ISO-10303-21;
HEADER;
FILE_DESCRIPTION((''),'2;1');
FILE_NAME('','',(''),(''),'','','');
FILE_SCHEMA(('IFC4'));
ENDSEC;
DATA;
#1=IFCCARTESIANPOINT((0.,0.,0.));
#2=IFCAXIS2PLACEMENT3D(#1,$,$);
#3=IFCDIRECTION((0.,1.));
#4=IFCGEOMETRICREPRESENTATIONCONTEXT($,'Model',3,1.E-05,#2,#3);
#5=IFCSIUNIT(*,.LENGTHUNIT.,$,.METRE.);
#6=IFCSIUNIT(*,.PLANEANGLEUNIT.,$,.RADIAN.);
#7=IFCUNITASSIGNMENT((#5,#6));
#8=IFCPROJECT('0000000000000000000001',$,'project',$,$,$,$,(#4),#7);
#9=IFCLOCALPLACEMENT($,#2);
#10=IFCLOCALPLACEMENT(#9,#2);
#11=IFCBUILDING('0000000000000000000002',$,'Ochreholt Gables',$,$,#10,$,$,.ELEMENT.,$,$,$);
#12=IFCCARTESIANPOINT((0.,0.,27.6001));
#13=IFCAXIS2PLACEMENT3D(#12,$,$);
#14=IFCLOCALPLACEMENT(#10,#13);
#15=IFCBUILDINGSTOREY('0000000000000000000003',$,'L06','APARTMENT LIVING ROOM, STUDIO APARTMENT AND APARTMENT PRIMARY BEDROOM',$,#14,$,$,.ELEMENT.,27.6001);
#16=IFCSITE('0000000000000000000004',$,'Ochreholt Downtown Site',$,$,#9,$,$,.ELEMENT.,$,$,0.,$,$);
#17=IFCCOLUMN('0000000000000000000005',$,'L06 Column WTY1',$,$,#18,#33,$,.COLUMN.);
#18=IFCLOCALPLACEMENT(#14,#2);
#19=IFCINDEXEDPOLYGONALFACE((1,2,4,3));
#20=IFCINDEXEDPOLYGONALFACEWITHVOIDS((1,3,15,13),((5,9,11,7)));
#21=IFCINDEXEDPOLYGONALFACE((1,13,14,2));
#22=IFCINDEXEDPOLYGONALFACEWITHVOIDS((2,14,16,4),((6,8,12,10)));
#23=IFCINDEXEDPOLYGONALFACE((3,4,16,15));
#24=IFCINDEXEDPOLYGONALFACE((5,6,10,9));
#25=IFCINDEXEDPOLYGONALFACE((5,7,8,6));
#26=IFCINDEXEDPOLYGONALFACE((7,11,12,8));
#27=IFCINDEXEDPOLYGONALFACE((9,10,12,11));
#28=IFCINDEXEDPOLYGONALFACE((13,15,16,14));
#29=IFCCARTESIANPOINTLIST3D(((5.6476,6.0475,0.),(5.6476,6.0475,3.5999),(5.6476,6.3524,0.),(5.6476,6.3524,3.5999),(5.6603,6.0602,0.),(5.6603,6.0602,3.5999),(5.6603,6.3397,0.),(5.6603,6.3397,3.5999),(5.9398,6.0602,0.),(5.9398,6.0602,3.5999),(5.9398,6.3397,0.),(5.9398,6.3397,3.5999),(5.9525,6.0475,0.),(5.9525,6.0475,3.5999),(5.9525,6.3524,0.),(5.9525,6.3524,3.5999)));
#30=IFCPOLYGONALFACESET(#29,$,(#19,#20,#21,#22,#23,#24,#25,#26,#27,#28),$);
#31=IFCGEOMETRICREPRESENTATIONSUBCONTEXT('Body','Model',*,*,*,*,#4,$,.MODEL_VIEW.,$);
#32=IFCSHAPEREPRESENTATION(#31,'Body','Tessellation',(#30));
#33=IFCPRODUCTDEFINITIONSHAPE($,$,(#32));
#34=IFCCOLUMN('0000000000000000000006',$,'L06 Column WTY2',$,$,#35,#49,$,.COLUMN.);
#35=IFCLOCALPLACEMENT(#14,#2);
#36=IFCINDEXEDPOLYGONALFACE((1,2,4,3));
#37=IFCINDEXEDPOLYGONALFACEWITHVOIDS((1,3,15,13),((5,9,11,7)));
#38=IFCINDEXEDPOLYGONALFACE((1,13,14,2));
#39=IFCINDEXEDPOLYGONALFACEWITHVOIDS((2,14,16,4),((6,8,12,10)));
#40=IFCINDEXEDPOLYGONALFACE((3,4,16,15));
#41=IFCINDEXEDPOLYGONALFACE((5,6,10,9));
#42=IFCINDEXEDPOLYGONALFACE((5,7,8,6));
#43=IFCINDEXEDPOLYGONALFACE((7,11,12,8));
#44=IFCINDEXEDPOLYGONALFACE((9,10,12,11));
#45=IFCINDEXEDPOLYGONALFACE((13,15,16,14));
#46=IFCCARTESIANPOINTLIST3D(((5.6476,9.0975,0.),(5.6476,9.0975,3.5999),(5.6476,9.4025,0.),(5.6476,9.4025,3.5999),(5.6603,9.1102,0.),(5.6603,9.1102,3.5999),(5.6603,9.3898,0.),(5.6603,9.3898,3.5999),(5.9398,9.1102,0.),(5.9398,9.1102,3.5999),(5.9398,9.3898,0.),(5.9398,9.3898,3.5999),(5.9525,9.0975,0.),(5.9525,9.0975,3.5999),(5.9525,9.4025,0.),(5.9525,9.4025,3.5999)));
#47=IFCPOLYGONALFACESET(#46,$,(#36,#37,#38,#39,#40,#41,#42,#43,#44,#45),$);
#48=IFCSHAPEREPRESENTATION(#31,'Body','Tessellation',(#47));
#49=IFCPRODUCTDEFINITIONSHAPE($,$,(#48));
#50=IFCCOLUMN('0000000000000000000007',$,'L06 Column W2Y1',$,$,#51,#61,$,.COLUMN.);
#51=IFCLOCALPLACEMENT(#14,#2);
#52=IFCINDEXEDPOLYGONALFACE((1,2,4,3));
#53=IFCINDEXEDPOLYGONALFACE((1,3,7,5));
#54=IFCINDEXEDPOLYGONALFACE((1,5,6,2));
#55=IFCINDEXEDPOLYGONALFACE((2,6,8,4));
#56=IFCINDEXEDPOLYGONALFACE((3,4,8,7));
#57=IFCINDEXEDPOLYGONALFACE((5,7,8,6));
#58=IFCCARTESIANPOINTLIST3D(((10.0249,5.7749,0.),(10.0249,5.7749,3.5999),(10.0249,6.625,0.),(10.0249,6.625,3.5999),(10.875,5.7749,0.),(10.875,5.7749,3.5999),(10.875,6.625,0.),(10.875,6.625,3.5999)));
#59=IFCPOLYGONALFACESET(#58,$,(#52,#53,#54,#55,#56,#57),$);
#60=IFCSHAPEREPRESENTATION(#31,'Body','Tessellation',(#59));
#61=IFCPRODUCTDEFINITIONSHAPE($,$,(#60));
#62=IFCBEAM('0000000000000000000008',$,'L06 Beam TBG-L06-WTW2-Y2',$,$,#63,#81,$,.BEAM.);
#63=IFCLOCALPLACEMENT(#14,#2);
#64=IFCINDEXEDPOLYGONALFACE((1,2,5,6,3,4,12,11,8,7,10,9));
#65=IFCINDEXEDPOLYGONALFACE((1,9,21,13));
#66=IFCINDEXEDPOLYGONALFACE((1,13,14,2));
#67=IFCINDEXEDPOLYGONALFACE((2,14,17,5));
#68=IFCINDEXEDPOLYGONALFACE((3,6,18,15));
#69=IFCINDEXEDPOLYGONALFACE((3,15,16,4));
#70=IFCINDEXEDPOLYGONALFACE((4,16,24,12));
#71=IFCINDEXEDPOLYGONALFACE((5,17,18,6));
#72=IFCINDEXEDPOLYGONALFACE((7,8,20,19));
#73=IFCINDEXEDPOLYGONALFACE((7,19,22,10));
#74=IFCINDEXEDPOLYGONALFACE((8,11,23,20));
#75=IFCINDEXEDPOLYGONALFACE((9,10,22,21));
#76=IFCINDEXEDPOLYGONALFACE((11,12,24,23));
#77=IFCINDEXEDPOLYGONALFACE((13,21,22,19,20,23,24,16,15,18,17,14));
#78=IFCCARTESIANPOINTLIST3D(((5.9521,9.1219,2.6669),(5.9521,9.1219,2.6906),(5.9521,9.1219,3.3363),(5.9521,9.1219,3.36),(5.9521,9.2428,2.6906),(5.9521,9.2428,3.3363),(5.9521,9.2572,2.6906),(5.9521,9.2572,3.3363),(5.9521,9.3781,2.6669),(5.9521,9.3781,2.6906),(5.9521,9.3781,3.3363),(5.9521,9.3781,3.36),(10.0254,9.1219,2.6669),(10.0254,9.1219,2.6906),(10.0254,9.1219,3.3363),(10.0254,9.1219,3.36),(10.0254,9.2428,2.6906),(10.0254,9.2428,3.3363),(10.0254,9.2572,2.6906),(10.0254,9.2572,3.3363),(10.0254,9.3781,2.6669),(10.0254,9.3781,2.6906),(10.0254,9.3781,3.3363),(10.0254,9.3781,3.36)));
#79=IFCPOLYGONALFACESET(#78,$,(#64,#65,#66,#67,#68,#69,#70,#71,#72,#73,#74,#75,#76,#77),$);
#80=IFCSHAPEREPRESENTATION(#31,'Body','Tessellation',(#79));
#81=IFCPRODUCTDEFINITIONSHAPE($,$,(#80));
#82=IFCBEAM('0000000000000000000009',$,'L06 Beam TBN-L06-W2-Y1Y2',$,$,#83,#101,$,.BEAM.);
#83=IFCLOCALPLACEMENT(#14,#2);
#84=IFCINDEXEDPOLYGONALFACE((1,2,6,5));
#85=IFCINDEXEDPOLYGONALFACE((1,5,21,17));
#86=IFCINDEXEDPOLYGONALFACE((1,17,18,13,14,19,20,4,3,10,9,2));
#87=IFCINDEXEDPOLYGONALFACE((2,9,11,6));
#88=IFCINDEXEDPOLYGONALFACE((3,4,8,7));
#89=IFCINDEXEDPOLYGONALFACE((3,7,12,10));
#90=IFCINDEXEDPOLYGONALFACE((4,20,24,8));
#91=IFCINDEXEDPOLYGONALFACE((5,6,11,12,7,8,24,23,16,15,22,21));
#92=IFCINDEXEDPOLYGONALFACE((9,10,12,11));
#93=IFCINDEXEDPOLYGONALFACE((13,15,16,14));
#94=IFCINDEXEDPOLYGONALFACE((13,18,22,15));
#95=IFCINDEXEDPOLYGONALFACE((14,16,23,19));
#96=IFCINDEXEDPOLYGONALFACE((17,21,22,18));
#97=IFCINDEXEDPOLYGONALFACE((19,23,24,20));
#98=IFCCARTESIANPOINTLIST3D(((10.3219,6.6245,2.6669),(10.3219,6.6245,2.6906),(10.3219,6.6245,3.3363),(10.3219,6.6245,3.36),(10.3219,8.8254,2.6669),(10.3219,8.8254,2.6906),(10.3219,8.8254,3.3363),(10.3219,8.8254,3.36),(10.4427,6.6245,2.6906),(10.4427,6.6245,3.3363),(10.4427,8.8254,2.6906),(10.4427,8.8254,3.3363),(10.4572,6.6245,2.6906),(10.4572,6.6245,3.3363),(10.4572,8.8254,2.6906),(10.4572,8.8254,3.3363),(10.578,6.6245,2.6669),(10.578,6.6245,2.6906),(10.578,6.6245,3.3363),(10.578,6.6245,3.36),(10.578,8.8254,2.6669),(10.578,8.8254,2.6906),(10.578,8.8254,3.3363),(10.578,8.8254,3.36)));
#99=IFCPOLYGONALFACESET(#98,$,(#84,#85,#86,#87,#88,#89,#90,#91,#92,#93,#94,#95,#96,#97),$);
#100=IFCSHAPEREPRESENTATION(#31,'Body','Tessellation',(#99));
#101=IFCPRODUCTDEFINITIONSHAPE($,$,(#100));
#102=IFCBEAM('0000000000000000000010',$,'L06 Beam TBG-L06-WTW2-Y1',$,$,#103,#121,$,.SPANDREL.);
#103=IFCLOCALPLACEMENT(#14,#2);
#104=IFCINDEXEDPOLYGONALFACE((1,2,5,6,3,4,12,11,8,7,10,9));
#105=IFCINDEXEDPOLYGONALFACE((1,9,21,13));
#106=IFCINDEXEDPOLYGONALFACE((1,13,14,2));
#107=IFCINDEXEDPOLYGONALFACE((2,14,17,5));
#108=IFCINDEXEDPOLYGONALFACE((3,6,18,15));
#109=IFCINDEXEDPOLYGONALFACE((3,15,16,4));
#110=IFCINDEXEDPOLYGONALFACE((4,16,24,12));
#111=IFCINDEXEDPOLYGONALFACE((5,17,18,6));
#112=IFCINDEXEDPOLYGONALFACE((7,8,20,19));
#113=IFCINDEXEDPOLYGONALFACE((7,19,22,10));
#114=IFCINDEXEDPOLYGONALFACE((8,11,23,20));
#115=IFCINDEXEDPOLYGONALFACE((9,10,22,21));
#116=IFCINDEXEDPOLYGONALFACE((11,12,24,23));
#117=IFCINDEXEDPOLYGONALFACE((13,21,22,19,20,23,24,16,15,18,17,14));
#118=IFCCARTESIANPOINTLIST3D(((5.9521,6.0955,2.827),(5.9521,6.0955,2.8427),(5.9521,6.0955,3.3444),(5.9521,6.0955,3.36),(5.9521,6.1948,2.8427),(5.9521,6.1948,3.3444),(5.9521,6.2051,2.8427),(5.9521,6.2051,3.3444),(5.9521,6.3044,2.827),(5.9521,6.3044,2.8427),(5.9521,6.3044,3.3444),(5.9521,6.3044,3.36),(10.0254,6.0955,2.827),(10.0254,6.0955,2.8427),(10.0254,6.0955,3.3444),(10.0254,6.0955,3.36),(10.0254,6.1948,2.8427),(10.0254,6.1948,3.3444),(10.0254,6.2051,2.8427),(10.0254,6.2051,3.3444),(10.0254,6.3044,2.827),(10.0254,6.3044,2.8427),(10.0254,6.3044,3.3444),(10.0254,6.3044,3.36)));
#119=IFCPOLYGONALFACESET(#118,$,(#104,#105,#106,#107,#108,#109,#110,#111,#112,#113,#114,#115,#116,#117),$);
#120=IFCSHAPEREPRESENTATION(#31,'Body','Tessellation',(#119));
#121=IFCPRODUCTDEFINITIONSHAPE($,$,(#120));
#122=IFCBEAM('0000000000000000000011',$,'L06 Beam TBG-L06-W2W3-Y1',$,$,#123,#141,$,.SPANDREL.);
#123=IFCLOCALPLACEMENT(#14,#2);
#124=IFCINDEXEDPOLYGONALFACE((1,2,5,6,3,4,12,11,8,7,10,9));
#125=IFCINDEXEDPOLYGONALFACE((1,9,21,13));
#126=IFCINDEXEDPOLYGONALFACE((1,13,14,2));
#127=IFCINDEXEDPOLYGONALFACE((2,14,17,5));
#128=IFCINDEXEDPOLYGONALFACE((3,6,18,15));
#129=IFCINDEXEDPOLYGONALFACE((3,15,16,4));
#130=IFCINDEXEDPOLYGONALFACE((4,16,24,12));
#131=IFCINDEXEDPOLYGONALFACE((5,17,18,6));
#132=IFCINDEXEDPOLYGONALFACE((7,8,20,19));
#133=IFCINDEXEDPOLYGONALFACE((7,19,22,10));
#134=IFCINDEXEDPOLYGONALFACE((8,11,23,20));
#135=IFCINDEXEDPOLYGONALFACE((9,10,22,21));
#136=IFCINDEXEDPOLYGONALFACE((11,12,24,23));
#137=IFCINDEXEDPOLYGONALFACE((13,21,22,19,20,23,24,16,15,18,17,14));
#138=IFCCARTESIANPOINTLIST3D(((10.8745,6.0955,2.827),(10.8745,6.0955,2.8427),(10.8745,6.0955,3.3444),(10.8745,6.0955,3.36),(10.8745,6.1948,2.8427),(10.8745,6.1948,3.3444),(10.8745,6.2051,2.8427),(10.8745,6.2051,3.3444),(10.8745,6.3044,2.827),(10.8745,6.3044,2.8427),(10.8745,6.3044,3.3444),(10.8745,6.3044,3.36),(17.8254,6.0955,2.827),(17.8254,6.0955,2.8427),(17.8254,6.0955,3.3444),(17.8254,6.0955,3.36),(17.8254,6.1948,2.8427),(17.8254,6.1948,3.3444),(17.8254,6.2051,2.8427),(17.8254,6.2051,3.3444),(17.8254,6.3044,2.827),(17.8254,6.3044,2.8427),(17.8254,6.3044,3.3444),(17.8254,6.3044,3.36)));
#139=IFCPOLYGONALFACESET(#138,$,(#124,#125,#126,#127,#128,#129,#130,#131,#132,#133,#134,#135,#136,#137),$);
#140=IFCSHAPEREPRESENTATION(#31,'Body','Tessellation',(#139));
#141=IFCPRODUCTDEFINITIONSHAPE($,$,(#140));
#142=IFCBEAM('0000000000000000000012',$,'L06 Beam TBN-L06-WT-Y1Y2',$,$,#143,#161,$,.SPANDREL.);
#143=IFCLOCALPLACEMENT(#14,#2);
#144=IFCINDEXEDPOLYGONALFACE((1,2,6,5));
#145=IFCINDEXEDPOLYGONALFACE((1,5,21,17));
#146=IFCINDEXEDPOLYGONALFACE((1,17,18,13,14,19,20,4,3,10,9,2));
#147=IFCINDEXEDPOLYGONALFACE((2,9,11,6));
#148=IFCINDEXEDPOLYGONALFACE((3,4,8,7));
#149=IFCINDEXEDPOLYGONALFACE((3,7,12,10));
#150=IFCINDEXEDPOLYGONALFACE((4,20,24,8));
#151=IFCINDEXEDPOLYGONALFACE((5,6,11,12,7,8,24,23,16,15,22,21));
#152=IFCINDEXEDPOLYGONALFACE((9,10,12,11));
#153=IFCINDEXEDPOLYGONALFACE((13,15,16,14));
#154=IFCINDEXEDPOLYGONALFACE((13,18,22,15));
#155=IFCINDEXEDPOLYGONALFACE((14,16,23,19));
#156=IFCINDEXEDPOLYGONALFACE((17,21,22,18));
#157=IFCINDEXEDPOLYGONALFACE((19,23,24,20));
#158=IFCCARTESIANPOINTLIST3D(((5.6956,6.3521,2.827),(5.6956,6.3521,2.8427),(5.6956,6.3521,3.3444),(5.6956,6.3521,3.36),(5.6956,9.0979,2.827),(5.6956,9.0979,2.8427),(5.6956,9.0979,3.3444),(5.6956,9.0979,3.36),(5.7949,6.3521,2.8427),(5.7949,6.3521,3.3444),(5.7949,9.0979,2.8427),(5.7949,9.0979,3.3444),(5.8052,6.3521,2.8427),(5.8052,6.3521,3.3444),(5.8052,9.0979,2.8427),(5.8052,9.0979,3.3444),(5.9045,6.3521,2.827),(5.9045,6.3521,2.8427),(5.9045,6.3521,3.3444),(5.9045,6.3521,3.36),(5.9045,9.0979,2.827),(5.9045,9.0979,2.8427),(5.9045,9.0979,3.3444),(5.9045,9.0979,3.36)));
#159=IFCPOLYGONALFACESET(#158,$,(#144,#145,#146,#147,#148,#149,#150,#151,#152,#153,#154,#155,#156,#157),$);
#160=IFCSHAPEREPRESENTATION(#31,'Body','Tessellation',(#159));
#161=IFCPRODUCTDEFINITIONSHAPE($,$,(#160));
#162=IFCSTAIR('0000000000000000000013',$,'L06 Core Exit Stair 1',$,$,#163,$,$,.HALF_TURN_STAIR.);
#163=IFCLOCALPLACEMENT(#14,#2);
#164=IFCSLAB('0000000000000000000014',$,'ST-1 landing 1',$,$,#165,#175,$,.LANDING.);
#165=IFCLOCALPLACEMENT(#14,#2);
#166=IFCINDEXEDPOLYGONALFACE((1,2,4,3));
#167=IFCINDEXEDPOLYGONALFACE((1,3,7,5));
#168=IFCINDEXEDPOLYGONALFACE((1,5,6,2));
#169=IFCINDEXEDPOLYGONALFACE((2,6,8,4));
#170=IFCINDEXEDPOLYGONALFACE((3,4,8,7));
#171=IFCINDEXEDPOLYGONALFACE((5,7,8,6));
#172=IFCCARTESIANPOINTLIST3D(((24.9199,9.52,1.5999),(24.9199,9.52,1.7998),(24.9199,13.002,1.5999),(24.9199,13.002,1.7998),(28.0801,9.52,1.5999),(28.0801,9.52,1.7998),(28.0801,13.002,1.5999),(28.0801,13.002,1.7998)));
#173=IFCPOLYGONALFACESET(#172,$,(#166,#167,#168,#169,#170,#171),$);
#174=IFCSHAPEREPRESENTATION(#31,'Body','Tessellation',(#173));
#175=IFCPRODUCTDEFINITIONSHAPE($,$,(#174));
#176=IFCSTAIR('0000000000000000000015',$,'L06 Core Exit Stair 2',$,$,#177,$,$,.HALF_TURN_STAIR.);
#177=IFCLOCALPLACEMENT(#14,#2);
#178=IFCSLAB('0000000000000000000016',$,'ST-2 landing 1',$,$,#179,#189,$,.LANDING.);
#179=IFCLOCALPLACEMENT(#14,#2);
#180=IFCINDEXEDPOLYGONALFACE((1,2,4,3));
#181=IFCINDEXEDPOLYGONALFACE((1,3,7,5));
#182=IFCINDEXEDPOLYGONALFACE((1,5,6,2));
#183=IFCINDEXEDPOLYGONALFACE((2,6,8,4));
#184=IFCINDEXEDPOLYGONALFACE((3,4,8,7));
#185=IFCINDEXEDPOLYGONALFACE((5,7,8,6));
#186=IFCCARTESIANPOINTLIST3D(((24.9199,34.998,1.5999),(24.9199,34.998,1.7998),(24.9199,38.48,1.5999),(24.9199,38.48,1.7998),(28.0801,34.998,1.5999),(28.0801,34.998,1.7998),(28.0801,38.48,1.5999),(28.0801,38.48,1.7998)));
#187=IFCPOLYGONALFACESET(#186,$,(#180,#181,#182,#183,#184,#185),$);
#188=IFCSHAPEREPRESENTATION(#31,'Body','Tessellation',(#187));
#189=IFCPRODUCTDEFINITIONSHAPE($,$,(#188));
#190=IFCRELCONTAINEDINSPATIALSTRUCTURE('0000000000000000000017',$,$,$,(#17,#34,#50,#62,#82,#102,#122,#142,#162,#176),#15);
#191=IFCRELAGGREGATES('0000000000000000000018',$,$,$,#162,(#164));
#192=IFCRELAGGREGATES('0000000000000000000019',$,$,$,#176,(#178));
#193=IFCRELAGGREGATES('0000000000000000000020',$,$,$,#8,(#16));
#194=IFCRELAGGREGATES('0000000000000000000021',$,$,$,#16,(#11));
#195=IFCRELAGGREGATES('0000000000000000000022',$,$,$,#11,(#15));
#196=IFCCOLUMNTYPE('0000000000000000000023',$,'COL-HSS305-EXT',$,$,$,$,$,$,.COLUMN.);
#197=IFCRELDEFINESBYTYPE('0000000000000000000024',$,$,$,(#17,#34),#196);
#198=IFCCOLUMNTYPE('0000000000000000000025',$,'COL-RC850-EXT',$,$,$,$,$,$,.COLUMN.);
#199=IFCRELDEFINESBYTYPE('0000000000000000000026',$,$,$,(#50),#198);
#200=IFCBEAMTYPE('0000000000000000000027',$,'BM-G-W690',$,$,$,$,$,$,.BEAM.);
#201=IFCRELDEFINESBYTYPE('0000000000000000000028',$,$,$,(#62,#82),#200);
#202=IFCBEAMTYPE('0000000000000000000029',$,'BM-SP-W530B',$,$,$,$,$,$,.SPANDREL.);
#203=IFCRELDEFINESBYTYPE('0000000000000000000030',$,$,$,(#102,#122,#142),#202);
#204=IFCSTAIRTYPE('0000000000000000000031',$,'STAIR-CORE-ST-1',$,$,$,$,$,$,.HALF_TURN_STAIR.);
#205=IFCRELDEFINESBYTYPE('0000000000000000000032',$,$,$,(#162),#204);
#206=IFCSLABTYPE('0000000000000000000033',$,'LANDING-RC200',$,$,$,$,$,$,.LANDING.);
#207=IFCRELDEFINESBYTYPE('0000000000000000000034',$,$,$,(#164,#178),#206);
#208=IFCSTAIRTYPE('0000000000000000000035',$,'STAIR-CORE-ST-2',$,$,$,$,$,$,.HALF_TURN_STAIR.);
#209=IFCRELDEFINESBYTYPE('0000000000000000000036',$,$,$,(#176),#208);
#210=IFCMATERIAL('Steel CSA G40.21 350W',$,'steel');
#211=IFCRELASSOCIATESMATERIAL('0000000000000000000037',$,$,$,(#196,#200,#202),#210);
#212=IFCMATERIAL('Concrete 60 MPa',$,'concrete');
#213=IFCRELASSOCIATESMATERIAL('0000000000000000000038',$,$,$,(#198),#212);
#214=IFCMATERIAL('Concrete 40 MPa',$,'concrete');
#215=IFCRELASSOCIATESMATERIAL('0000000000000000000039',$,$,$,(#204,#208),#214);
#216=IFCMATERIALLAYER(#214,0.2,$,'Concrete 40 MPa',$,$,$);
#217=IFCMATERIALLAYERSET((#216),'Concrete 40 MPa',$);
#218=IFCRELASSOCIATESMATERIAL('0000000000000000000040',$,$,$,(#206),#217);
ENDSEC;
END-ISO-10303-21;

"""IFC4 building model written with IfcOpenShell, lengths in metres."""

from ifc_helpers import new_model, si_unit, direction, frame, origin, origin_2d, place, context, subcontext, project, spatial, polyline, rectangle, hollow_rectangle, i_section, outline, extrude, material, layer, layer_set, material_profile, profile_set, type_object, element, aggregate, save


model = new_model("IFC4")

# Units and contexts
model_context = context("Model", 3, precision=1e-05, world=origin(), true_north=direction((0.0, 1.0)))
body_context = subcontext(model_context, "Body", "Model", "MODEL_VIEW")
ifc_project = project(units=[si_unit("LENGTHUNIT", "METRE"), si_unit("PLANEANGLEUNIT", "RADIAN")], contexts=[model_context])

# Site, building, storey
site_placement = place(None, origin())
site = spatial("IfcSite", under=ifc_project, at=site_placement, Name="Ochreholt Downtown Site", CompositionType="ELEMENT", RefElevation=0.0)
building_placement = place(site_placement, origin())
building = spatial("IfcBuilding", under=site, at=building_placement, Name="Ochreholt Gables", CompositionType="ELEMENT")
storey_placement = place(building_placement, frame((0.0, 0.0, 27.6001)))
storey = spatial("IfcBuildingStorey", under=building, at=storey_placement, Name="L06", Description="APARTMENT LIVING ROOM, STUDIO APARTMENT AND APARTMENT PRIMARY BEDROOM", CompositionType="ELEMENT", Elevation=27.6001)

# Columns
ifc_material_1 = material(Name="Steel CSA G40.21 350W", Category="steel")
ifc_material_profile_1 = material_profile(ifc_material_1, hollow_rectangle(XDim=0.3049, YDim=0.3049, WallThickness=0.0127, at=origin_2d()), Name="HSS305X305X13")
ifc_profile_set_1 = profile_set([ifc_material_profile_1], Name="Steel CSA G40.21 350W")
column_type_1 = type_object("IfcColumnType", Name="COL-HSS305-EXT", PredefinedType="COLUMN", material=ifc_profile_set_1)
for number, where, z_axis, x_axis, name in (
    (1, (5.8, 6.2, 0.0), (0.0, 0.0, 1.0), (1.0, 0.0, 0.0), "L06 Column WTY1"),
    (2, (5.8, 9.25, 0.0), (0.0, 0.0, 1.0), (1.0, 0.0, 0.0), "L06 Column WTY2"),
):
    element("IfcColumn", number, at=place(storey_placement, frame(where, z_axis=z_axis, x_axis=x_axis)), inside=storey, type_object=column_type_1, Name=name, PredefinedType="COLUMN", context=body_context, shape_type="SweptSolid", body=[
        extrude(hollow_rectangle(XDim=0.3049, YDim=0.3049, WallThickness=0.0127, at=origin_2d()), origin(), (0.0, 0.0, 1.0), 3.5999),
    ])
ifc_material_2 = material(Name="Concrete 60 MPa", Category="concrete")
ifc_material_profile_2 = material_profile(ifc_material_2, rectangle(XDim=0.8501, YDim=0.8501, at=origin_2d()), Name="RC850X850")
ifc_profile_set_2 = profile_set([ifc_material_profile_2], Name="Concrete 60 MPa")
column_type_2 = type_object("IfcColumnType", Name="COL-RC850-EXT", PredefinedType="COLUMN", material=ifc_profile_set_2)
column_placement = place(storey_placement, frame((10.45, 6.2, 0.0), z_axis=(0.0, 0.0, 1.0), x_axis=(1.0, 0.0, 0.0)))
element("IfcColumn", 3, at=column_placement, inside=storey, type_object=column_type_2, Name="L06 Column W2Y1", PredefinedType="COLUMN", context=body_context, shape_type="SweptSolid", body=[
    extrude(rectangle(XDim=0.8501, YDim=0.8501, at=origin_2d()), origin(), (0.0, 0.0, 1.0), 3.5999),
])

# Beams
ifc_material_profile_3 = material_profile(ifc_material_1, i_section(OverallWidth=0.2561, OverallDepth=0.6931, WebThickness=0.0144, FlangeThickness=0.0237, at=origin_2d()), Name="W690X170")
ifc_profile_set_3 = profile_set([ifc_material_profile_3], Name="Steel CSA G40.21 350W")
beam_type_1 = type_object("IfcBeamType", Name="BM-G-W690", PredefinedType="BEAM", material=ifc_profile_set_3)
beam_1_placement = place(storey_placement, frame((5.9521, 9.25, 3.0134), z_axis=(1.0, 0.0, 0.0), x_axis=(0.0, 1.0, 0.0)))
element("IfcBeam", 4, at=beam_1_placement, inside=storey, type_object=beam_type_1, Name="L06 Beam TBG-L06-WTW2-Y2", PredefinedType="BEAM", context=body_context, shape_type="SweptSolid", body=[
    extrude(i_section(OverallWidth=0.2561, OverallDepth=0.6931, WebThickness=0.0144, FlangeThickness=0.0237, at=origin_2d()), origin(), (0.0, 0.0, 1.0), 4.0732),
])
beam_2_placement = place(storey_placement, frame((10.45, 6.6245, 3.0134), z_axis=(0.0, 1.0, 0.0), x_axis=(-1.0, 0.0, 0.0)))
element("IfcBeam", 5, at=beam_2_placement, inside=storey, type_object=beam_type_1, Name="L06 Beam TBN-L06-W2-Y1Y2", PredefinedType="BEAM", context=body_context, shape_type="SweptSolid", body=[
    extrude(i_section(OverallWidth=0.2561, OverallDepth=0.6931, WebThickness=0.0144, FlangeThickness=0.0237, at=origin_2d()), origin(), (0.0, 0.0, 1.0), 2.2009),
])
ifc_material_profile_4 = material_profile(ifc_material_1, i_section(OverallWidth=0.209, OverallDepth=0.533, WebThickness=0.0103, FlangeThickness=0.0156, at=origin_2d()), Name="W530X92")
ifc_profile_set_4 = profile_set([ifc_material_profile_4], Name="Steel CSA G40.21 350W")
beam_type_2 = type_object("IfcBeamType", Name="BM-SP-W530B", PredefinedType="SPANDREL", material=ifc_profile_set_4)
beam_3_placement = place(storey_placement, frame((5.9521, 6.2, 3.0935), z_axis=(1.0, 0.0, 0.0), x_axis=(0.0, 1.0, 0.0)))
element("IfcBeam", 6, at=beam_3_placement, inside=storey, type_object=beam_type_2, Name="L06 Beam TBG-L06-WTW2-Y1", PredefinedType="SPANDREL", context=body_context, shape_type="SweptSolid", body=[
    extrude(i_section(OverallWidth=0.209, OverallDepth=0.533, WebThickness=0.0103, FlangeThickness=0.0156, at=origin_2d()), origin(), (0.0, 0.0, 1.0), 4.0732),
])
beam_4_placement = place(storey_placement, frame((10.8745, 6.2, 3.0935), z_axis=(1.0, 0.0, 0.0), x_axis=(0.0, 1.0, 0.0)))
element("IfcBeam", 7, at=beam_4_placement, inside=storey, type_object=beam_type_2, Name="L06 Beam TBG-L06-W2W3-Y1", PredefinedType="SPANDREL", context=body_context, shape_type="SweptSolid", body=[
    extrude(i_section(OverallWidth=0.209, OverallDepth=0.533, WebThickness=0.0103, FlangeThickness=0.0156, at=origin_2d()), origin(), (0.0, 0.0, 1.0), 6.9509),
])
beam_5_placement = place(storey_placement, frame((5.8, 6.3521, 3.0935), z_axis=(0.0, 1.0, 0.0), x_axis=(-1.0, 0.0, 0.0)))
element("IfcBeam", 8, at=beam_5_placement, inside=storey, type_object=beam_type_2, Name="L06 Beam TBN-L06-WT-Y1Y2", PredefinedType="SPANDREL", context=body_context, shape_type="SweptSolid", body=[
    extrude(i_section(OverallWidth=0.209, OverallDepth=0.533, WebThickness=0.0103, FlangeThickness=0.0156, at=origin_2d()), origin(), (0.0, 0.0, 1.0), 2.7458),
])

# Stairs, slabs
ifc_material_3 = material(Name="Concrete 40 MPa", Category="concrete")
stair_type_1 = type_object("IfcStairType", Name="STAIR-CORE-ST-1", PredefinedType="HALF_TURN_STAIR", material=ifc_material_3)
stair_1_placement = place(storey_placement, origin())
stair_1 = element("IfcStair", 9, at=stair_1_placement, inside=storey, type_object=stair_type_1, Name="L06 Core Exit Stair 1", PredefinedType="HALF_TURN_STAIR")
ifc_layer_1 = layer(ifc_material_3, 0.2, Name="Concrete 40 MPa")
ifc_layer_set_1 = layer_set([ifc_layer_1], Name="Concrete 40 MPa")
slab_type_1 = type_object("IfcSlabType", Name="LANDING-RC200", PredefinedType="LANDING", material=ifc_layer_set_1)
slab_1_placement = place(storey_placement, frame((0.0, 0.0, 1.5999)))
slab_1 = element("IfcSlab", 10, at=slab_1_placement, type_object=slab_type_1, Name="ST-1 landing 1", PredefinedType="LANDING", context=body_context, shape_type="SweptSolid", body=[
    extrude(outline(polyline([(24.9199, 13.002), (24.9199, 9.52), (28.0801, 9.52), (28.0801, 13.002), (24.9199, 13.002)])), origin(), (0.0, 0.0, 1.0), 0.2),
])
aggregate(stair_1, [slab_1])
stair_type_2 = type_object("IfcStairType", Name="STAIR-CORE-ST-2", PredefinedType="HALF_TURN_STAIR", material=ifc_material_3)
stair_2_placement = place(storey_placement, origin())
stair_2 = element("IfcStair", 11, at=stair_2_placement, inside=storey, type_object=stair_type_2, Name="L06 Core Exit Stair 2", PredefinedType="HALF_TURN_STAIR")
slab_2_placement = place(storey_placement, frame((0.0, 0.0, 1.5999)))
slab_2 = element("IfcSlab", 12, at=slab_2_placement, type_object=slab_type_1, Name="ST-2 landing 1", PredefinedType="LANDING", context=body_context, shape_type="SweptSolid", body=[
    extrude(outline(polyline([(28.0801, 34.998), (28.0801, 38.48), (24.9199, 38.48), (24.9199, 34.998), (28.0801, 34.998)])), origin(), (0.0, 0.0, 1.0), 0.2),
])
aggregate(stair_2, [slab_2])

save(model, "model.ifc")
